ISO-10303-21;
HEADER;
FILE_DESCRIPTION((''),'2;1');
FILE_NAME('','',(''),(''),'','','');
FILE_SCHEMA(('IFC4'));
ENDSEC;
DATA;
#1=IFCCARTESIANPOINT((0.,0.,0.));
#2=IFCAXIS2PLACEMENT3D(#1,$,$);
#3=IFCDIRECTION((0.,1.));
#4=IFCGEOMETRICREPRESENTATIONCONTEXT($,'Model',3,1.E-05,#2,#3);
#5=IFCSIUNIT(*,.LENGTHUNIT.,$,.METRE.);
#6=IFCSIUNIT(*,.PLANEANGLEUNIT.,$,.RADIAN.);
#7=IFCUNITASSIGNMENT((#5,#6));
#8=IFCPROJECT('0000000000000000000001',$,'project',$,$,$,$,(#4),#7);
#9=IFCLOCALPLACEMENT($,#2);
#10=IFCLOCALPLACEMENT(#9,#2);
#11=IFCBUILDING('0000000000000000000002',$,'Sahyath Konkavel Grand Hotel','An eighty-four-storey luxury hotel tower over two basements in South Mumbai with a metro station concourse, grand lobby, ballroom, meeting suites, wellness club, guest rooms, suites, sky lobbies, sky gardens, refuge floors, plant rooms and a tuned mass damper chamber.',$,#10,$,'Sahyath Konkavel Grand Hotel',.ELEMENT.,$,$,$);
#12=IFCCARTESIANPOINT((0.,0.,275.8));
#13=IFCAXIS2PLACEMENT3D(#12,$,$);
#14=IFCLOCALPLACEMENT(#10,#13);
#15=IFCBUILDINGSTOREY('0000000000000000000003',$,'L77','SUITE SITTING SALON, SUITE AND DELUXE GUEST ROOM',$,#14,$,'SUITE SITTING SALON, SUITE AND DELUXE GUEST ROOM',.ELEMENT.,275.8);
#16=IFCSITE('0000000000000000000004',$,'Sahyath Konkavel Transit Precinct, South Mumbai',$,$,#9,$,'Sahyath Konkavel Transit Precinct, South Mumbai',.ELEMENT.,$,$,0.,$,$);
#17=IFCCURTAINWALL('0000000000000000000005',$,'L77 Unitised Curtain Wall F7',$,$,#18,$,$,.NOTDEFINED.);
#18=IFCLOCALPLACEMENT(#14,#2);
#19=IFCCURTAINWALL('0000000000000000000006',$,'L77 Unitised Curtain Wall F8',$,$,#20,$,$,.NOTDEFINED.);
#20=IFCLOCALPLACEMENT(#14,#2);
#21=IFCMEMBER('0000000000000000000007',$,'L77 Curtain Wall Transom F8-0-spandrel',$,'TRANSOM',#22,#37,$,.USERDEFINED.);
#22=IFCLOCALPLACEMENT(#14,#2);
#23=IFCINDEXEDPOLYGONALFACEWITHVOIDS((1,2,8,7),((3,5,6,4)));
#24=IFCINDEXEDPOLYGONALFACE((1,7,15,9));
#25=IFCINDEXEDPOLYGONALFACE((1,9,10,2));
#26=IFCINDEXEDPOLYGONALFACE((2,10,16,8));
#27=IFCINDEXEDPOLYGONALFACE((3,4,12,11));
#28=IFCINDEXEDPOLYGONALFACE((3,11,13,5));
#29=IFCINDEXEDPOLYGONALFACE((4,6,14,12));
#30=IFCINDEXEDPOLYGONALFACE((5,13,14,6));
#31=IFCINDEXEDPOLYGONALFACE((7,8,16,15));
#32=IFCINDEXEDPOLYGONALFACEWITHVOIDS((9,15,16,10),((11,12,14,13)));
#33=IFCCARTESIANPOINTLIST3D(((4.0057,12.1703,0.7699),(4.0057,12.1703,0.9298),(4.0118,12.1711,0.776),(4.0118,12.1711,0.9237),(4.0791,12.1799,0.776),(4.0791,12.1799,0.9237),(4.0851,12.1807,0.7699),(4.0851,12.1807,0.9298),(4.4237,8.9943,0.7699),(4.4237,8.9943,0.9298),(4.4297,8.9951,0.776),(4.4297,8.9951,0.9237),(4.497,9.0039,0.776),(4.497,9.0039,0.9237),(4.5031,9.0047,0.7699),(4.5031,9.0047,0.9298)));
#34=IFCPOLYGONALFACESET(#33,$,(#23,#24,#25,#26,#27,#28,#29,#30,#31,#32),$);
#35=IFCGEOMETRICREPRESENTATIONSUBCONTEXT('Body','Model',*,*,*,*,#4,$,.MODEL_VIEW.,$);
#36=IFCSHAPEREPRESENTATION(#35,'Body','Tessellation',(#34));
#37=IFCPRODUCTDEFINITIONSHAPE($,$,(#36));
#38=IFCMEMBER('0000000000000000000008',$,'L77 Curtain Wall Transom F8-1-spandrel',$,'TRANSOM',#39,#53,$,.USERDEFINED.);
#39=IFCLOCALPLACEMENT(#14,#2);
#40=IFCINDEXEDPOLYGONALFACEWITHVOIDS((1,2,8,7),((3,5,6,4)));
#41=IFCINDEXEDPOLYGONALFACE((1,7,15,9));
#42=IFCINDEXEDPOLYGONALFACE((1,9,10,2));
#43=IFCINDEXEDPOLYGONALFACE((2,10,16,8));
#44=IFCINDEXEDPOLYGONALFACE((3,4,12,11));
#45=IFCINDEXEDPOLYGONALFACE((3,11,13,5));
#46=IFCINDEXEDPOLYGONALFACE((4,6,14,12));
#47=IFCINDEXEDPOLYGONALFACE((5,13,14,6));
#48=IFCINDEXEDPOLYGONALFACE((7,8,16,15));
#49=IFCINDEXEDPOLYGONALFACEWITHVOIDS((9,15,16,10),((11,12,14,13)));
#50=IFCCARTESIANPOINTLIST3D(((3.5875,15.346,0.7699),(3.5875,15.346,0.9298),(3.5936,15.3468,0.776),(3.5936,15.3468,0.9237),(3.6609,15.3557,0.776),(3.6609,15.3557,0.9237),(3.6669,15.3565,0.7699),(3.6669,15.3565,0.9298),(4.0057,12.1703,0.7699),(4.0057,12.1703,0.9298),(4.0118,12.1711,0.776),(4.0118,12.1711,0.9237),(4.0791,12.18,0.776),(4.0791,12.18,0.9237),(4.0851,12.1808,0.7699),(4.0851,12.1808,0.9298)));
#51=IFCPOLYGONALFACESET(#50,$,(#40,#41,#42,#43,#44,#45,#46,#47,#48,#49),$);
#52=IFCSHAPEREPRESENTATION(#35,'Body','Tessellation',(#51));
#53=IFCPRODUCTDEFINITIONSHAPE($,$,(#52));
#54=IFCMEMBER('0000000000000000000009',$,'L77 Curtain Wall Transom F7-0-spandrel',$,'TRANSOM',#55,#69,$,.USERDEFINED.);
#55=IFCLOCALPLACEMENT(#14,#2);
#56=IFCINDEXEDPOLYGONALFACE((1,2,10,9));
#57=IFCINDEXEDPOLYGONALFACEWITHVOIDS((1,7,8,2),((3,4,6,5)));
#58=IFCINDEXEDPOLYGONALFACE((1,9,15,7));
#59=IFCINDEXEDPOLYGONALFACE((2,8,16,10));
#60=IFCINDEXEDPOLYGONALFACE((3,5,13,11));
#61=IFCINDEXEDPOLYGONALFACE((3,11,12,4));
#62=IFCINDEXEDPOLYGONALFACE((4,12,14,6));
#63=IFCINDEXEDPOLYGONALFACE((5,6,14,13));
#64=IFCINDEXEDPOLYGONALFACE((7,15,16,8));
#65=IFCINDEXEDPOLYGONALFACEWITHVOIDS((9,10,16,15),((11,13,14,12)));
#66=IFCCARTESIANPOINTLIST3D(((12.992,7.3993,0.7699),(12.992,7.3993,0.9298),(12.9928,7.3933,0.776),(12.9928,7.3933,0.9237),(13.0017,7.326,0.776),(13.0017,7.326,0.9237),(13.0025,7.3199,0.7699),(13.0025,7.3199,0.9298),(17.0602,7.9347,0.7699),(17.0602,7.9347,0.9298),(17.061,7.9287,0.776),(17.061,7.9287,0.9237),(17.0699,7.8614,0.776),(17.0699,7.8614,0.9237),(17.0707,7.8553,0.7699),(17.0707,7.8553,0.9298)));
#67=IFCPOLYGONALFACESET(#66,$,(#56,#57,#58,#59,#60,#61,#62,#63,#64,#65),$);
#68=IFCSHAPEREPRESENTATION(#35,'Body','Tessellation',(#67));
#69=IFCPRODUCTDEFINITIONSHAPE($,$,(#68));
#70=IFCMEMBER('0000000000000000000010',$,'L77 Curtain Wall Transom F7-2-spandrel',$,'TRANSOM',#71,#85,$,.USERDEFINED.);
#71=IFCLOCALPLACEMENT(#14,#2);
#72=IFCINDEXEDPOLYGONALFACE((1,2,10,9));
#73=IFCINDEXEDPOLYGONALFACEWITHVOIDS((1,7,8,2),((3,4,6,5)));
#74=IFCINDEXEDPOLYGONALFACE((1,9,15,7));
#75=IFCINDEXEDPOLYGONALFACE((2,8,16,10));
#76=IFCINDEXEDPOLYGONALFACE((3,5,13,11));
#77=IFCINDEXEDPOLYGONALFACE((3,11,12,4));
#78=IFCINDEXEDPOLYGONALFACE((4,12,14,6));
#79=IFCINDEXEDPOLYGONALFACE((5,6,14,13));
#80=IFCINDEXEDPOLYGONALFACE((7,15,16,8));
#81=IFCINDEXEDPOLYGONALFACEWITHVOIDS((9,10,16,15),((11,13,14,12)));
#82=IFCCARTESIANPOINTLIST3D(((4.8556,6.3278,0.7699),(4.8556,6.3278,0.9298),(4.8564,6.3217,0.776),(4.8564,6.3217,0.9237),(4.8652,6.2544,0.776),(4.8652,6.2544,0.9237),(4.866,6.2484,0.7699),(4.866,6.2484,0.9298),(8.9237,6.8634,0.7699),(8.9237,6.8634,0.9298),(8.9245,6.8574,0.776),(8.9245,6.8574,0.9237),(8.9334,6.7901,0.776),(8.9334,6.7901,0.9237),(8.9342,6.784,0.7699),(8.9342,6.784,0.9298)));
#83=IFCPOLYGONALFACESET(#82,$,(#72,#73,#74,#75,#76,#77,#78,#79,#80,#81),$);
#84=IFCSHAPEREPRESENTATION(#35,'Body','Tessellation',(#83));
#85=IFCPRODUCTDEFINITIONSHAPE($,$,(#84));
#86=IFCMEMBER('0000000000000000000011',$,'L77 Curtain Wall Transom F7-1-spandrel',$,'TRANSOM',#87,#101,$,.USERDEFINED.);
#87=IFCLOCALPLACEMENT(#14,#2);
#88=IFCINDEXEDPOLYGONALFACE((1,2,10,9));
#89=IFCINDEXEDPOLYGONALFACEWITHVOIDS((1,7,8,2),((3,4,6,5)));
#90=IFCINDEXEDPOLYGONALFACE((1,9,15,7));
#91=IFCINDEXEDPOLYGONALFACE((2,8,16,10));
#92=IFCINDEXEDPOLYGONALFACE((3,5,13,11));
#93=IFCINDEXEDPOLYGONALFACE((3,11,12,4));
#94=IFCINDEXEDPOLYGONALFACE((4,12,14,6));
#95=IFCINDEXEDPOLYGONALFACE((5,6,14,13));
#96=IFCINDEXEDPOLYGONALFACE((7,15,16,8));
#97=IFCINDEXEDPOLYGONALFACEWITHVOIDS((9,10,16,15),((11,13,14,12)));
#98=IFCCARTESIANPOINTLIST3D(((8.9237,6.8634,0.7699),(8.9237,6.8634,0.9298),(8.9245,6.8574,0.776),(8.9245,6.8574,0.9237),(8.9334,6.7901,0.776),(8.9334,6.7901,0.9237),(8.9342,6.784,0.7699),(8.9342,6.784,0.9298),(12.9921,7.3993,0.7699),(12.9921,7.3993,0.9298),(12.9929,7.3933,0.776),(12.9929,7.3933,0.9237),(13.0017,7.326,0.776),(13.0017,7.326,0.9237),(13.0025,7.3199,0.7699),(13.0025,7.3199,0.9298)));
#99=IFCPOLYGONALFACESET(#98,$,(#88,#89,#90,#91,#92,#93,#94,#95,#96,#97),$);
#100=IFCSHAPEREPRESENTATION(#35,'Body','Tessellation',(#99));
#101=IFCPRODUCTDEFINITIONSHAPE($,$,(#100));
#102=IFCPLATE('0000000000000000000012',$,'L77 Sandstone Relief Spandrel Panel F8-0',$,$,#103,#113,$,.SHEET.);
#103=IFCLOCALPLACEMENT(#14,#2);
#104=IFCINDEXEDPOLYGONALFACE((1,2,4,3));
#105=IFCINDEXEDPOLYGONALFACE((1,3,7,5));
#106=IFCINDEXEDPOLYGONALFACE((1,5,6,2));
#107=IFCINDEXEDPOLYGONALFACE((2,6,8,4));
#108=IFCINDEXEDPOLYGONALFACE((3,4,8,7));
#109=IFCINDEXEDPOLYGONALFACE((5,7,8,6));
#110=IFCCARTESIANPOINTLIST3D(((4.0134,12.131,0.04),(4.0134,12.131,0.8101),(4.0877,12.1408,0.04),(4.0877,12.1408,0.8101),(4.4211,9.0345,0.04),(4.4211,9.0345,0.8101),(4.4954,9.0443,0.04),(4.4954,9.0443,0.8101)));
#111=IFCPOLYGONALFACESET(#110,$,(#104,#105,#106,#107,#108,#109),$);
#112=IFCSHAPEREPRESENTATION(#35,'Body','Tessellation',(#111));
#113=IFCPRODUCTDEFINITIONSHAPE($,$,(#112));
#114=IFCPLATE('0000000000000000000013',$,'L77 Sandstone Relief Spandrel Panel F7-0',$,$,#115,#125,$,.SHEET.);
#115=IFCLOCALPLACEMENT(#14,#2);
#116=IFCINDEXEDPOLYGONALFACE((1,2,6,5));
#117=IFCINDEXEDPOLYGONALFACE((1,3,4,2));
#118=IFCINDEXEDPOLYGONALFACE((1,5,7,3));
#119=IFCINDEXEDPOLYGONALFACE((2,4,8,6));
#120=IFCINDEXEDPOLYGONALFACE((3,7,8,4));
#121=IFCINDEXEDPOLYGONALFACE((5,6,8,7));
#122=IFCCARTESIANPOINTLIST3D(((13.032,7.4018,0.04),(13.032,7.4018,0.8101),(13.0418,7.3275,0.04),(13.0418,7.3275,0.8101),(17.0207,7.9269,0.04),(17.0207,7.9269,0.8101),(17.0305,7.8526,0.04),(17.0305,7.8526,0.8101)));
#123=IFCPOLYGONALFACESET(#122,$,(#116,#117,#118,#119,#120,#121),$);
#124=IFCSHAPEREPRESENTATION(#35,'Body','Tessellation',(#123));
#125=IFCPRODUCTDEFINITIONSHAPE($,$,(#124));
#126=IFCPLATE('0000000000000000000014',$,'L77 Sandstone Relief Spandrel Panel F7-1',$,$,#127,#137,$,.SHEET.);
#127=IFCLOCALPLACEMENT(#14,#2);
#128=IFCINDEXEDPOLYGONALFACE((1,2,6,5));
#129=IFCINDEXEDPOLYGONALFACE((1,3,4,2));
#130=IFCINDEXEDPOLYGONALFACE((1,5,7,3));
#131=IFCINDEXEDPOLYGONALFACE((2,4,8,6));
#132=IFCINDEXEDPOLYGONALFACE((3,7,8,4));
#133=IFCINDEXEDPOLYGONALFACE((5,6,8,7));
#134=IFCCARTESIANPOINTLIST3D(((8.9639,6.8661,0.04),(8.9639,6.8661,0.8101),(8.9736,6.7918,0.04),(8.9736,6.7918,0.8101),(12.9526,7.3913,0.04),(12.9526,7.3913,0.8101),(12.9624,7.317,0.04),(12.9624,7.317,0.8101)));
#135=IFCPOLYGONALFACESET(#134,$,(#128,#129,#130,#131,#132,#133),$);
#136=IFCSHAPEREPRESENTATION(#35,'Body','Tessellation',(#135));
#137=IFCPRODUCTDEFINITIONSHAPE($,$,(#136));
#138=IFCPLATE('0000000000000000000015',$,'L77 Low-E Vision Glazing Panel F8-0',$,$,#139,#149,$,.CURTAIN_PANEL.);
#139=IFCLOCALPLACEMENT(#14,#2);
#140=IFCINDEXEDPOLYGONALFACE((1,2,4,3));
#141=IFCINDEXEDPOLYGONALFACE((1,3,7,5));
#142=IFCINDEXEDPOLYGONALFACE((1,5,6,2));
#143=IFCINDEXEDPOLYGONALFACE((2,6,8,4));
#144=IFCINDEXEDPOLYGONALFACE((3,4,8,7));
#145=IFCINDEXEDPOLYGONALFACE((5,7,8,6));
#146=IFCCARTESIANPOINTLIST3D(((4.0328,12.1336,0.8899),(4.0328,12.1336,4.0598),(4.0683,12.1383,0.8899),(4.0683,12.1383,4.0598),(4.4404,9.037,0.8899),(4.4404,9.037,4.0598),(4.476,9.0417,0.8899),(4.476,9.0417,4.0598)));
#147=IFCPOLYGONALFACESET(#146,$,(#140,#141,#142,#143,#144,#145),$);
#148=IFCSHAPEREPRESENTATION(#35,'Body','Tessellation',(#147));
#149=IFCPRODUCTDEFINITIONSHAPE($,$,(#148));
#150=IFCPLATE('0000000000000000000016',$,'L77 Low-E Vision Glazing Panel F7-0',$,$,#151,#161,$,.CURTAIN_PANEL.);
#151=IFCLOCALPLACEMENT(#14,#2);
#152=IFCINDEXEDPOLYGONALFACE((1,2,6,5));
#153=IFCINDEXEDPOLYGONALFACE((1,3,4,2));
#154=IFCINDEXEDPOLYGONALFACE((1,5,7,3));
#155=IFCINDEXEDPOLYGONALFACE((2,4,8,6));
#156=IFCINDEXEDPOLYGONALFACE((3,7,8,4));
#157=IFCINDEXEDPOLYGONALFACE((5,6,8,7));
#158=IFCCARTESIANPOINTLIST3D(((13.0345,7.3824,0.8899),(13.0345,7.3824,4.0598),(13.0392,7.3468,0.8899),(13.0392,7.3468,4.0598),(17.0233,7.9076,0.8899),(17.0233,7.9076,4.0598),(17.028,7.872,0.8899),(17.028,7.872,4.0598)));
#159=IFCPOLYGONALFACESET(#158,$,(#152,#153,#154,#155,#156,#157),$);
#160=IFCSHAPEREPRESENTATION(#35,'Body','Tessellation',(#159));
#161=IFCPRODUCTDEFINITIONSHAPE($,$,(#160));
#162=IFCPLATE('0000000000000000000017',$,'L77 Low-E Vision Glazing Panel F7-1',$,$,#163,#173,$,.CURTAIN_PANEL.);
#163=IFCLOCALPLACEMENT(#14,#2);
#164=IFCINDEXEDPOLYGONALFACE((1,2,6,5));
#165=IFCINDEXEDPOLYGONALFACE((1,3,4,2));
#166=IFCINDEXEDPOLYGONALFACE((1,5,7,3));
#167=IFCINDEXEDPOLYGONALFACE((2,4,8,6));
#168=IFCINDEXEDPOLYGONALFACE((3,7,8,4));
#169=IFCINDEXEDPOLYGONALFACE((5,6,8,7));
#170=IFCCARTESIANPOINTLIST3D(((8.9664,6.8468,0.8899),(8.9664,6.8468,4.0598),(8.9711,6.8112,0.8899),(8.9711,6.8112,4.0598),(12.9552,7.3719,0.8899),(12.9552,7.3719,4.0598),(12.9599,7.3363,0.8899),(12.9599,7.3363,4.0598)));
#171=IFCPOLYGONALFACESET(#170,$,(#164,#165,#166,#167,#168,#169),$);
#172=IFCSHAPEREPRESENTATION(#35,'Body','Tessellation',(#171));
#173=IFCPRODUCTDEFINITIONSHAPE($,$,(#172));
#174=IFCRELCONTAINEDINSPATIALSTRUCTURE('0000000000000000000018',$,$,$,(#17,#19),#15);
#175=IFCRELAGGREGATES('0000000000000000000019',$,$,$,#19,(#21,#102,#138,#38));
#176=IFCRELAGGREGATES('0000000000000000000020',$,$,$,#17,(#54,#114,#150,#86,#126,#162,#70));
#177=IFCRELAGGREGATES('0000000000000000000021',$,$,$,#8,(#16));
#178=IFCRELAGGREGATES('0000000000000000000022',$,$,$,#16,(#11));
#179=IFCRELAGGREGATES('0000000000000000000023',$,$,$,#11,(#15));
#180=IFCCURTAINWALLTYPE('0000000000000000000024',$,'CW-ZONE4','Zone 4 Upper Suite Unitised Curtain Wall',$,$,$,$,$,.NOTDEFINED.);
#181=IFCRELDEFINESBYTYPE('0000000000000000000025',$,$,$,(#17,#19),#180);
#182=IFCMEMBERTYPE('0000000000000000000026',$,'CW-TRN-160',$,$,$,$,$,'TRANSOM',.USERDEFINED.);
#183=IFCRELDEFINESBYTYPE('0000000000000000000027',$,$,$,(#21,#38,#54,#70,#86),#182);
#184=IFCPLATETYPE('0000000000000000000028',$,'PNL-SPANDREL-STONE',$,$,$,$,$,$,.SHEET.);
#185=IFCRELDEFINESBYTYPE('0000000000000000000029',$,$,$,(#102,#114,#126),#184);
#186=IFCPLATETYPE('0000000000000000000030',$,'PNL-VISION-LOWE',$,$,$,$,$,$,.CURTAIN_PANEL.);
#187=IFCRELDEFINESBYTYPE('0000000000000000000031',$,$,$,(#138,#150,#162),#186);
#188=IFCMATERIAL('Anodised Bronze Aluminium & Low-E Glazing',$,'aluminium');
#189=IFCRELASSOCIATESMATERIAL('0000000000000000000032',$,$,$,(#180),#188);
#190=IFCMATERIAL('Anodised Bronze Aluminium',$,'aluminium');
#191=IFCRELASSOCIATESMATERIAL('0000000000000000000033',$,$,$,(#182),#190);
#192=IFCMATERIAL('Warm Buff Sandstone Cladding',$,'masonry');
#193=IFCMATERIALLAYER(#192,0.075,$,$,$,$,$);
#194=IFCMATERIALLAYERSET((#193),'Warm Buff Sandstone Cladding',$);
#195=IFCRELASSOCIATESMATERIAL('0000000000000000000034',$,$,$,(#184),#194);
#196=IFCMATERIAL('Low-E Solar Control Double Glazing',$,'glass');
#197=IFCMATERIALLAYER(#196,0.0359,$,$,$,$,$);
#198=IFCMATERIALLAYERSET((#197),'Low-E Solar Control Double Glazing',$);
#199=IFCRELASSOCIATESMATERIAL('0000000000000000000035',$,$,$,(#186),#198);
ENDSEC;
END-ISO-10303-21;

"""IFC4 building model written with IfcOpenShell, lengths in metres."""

from ifc_helpers import new_model, si_unit, direction, frame, origin, origin_2d, place, context, subcontext, project, spatial, rectangle, hollow_rectangle, extrude, source, transform, mapped, material, layer, layer_set, material_profile, profile_set, type_object, element, aggregate, save


model = new_model("IFC4")

# Units and contexts
model_context = context("Model", 3, precision=1e-05, world=origin(), true_north=direction((0.0, 1.0)))
body_context = subcontext(model_context, "Body", "Model", "MODEL_VIEW")
ifc_project = project(units=[si_unit("LENGTHUNIT", "METRE"), si_unit("PLANEANGLEUNIT", "RADIAN")], contexts=[model_context])

# Site, building, storey
site_placement = place(None, origin())
site = spatial("IfcSite", under=ifc_project, at=site_placement, Name="Sahyath Konkavel Transit Precinct, South Mumbai", LongName="Sahyath Konkavel Transit Precinct, South Mumbai", CompositionType="ELEMENT", RefElevation=0.0)
building_placement = place(site_placement, origin())
building = spatial("IfcBuilding", under=site, at=building_placement, Name="Sahyath Konkavel Grand Hotel", Description="An eighty-four-storey luxury hotel tower over two basements in South Mumbai with a metro station concourse, grand lobby, ballroom, meeting suites, wellness club, guest rooms, suites, sky lobbies, sky gardens, refuge floors, plant rooms and a tuned mass damper chamber.", LongName="Sahyath Konkavel Grand Hotel", CompositionType="ELEMENT")
storey_placement = place(building_placement, frame((0.0, 0.0, 275.8)))
storey = spatial("IfcBuildingStorey", under=building, at=storey_placement, Name="L77", Description="SUITE SITTING SALON, SUITE AND DELUXE GUEST ROOM", LongName="SUITE SITTING SALON, SUITE AND DELUXE GUEST ROOM", CompositionType="ELEMENT", Elevation=275.8)

# Shared definitions
ifc_material_1 = material(Name="Anodised Bronze Aluminium & Low-E Glazing", Category="aluminium")
curtain_wall_type = type_object("IfcCurtainWallType", Name="CW-ZONE4", Description="Zone 4 Upper Suite Unitised Curtain Wall", PredefinedType="NOTDEFINED", material=ifc_material_1)
ifc_material_2 = material(Name="Anodised Bronze Aluminium", Category="aluminium")

# Curtain walls
curtain_wall_1_placement = place(storey_placement, origin())
curtain_wall_1 = element("IfcCurtainWall", 1, at=curtain_wall_1_placement, inside=storey, type_object=curtain_wall_type, Name="L77 Unitised Curtain Wall F7", PredefinedType="NOTDEFINED")
curtain_wall_2_placement = place(storey_placement, origin())
curtain_wall_2 = element("IfcCurtainWall", 2, at=curtain_wall_2_placement, inside=storey, type_object=curtain_wall_type, Name="L77 Unitised Curtain Wall F8", PredefinedType="NOTDEFINED")

# Members
ifc_material_profile_1 = material_profile(ifc_material_2, hollow_rectangle(XDim=0.0801, YDim=0.1599, WallThickness=0.0061, at=origin_2d()), Name="RHS 160x80x6")
ifc_profile_set_1 = profile_set([ifc_material_profile_1], Name="Anodised Bronze Aluminium")
member_type_1 = type_object("IfcMemberType", Name="CW-TRN-160", ElementType="TRANSOM", PredefinedType="USERDEFINED", material=ifc_profile_set_1)
shared_shape_1 = source(origin(), body_context, "Body", "SweptSolid", [
    extrude(hollow_rectangle(XDim=0.0801, YDim=0.1599, WallThickness=0.0061, at=origin_2d()), origin(), (0.0, 0.0, 1.0), 3.2034),
])
member_1_placement = place(storey_placement, frame((4.4634, 8.9995, 0.8499), z_axis=(-0.130476, 0.991451, 0.0), x_axis=(-0.991451, -0.130476, 0.0)))
member_1 = element("IfcMember", 3, at=member_1_placement, type_object=member_type_1, Name="L77 Curtain Wall Transom F8-0-spandrel", ObjectType="TRANSOM", PredefinedType="USERDEFINED", context=body_context, shape_type="MappedRepresentation", body=[
    mapped(shared_shape_1, transform((0.0, 0.0, 0.0), scale=1.0)),
])
shared_shape_2 = source(origin(), body_context, "Body", "SweptSolid", [
    extrude(hollow_rectangle(XDim=0.0801, YDim=0.1599, WallThickness=0.0061, at=origin_2d()), origin(), (0.0, 0.0, 1.0), 3.2031),
])
member_2_placement = place(storey_placement, frame((4.0454, 12.1755, 0.8499), z_axis=(-0.130561, 0.99144, 0.0), x_axis=(-0.99144, -0.130561, 0.0)))
member_2 = element("IfcMember", 4, at=member_2_placement, type_object=member_type_1, Name="L77 Curtain Wall Transom F8-1-spandrel", ObjectType="TRANSOM", PredefinedType="USERDEFINED", context=body_context, shape_type="MappedRepresentation", body=[
    mapped(shared_shape_2, transform((0.0, 0.0, 0.0), scale=1.0)),
])
shared_shape_3 = source(origin(), body_context, "Body", "SweptSolid", [
    extrude(hollow_rectangle(XDim=0.0801, YDim=0.1599, WallThickness=0.0061, at=origin_2d()), origin(), (0.0, 0.0, 1.0), 4.1033),
])
member_3_placement = place(storey_placement, frame((17.0654, 7.895, 0.8499), z_axis=(-0.99145, -0.130484, 0.0), x_axis=(0.130484, -0.99145, 0.0)))
member_3 = element("IfcMember", 5, at=member_3_placement, type_object=member_type_1, Name="L77 Curtain Wall Transom F7-0-spandrel", ObjectType="TRANSOM", PredefinedType="USERDEFINED", context=body_context, shape_type="MappedRepresentation", body=[
    mapped(shared_shape_3, transform((0.0, 0.0, 0.0), scale=1.0)),
])
member_4_placement = place(storey_placement, frame((8.929, 6.8237, 0.8499), z_axis=(-0.991443, -0.130542, 0.0), x_axis=(0.130542, -0.991443, 0.0)))
member_4 = element("IfcMember", 6, at=member_4_placement, type_object=member_type_1, Name="L77 Curtain Wall Transom F7-2-spandrel", ObjectType="TRANSOM", PredefinedType="USERDEFINED", context=body_context, shape_type="MappedRepresentation", body=[
    mapped(shared_shape_3, transform((0.0, 0.0, 0.0), scale=1.0)),
])
shared_shape_4 = source(origin(), body_context, "Body", "SweptSolid", [
    extrude(hollow_rectangle(XDim=0.0801, YDim=0.1599, WallThickness=0.0061, at=origin_2d()), origin(), (0.0, 0.0, 1.0), 4.1035),
])
member_5_placement = place(storey_placement, frame((12.9973, 7.3596, 0.8499), z_axis=(-0.991436, -0.130593, 0.0), x_axis=(0.130593, -0.991436, 0.0)))
member_5 = element("IfcMember", 7, at=member_5_placement, type_object=member_type_1, Name="L77 Curtain Wall Transom F7-1-spandrel", ObjectType="TRANSOM", PredefinedType="USERDEFINED", context=body_context, shape_type="MappedRepresentation", body=[
    mapped(shared_shape_4, transform((0.0, 0.0, 0.0), scale=1.0)),
])

# Plates
ifc_material_3 = material(Name="Warm Buff Sandstone Cladding", Category="masonry")
ifc_layer_1 = layer(ifc_material_3, 0.075)
ifc_layer_set_1 = layer_set([ifc_layer_1], Name="Warm Buff Sandstone Cladding")
plate_type_1 = type_object("IfcPlateType", Name="PNL-SPANDREL-STONE", PredefinedType="SHEET", material=ifc_layer_set_1)
shared_shape_5 = source(origin(), body_context, "Body", "SweptSolid", [
    extrude(rectangle(XDim=3.1233, YDim=0.075, at=origin_2d()), origin(), (0.0, 0.0, 1.0), 0.77),
])
plate_1_placement = place(storey_placement, frame((4.2544, 10.5876, 0.04), z_axis=(0.0, 0.0, 1.0), x_axis=(-0.130526, 0.991445, 0.0)))
plate_1 = element("IfcPlate", 8, at=plate_1_placement, type_object=plate_type_1, Name="L77 Sandstone Relief Spandrel Panel F8-0", PredefinedType="SHEET", context=body_context, shape_type="MappedRepresentation", body=[
    mapped(shared_shape_5, transform((0.0, 0.0, 0.0), scale=1.0)),
])
shared_shape_6 = source(origin(), body_context, "Body", "SweptSolid", [
    extrude(rectangle(XDim=4.0232, YDim=0.075, at=origin_2d()), origin(), (0.0, 0.0, 1.0), 0.77),
])
plate_2_placement = place(storey_placement, frame((15.0312, 7.6272, 0.04), z_axis=(0.0, 0.0, 1.0), x_axis=(-0.991445, -0.130526, 0.0)))
plate_2 = element("IfcPlate", 9, at=plate_2_placement, type_object=plate_type_1, Name="L77 Sandstone Relief Spandrel Panel F7-0", PredefinedType="SHEET", context=body_context, shape_type="MappedRepresentation", body=[
    mapped(shared_shape_6, transform((0.0, 0.0, 0.0), scale=1.0)),
])
plate_3_placement = place(storey_placement, frame((10.9631, 7.0916, 0.04), z_axis=(0.0, 0.0, 1.0), x_axis=(-0.991445, -0.130526, 0.0)))
plate_3 = element("IfcPlate", 10, at=plate_3_placement, type_object=plate_type_1, Name="L77 Sandstone Relief Spandrel Panel F7-1", PredefinedType="SHEET", context=body_context, shape_type="MappedRepresentation", body=[
    mapped(shared_shape_6, transform((0.0, 0.0, 0.0), scale=1.0)),
])
ifc_material_4 = material(Name="Low-E Solar Control Double Glazing", Category="glass")
ifc_layer_2 = layer(ifc_material_4, 0.0359)
ifc_layer_set_2 = layer_set([ifc_layer_2], Name="Low-E Solar Control Double Glazing")
plate_type_2 = type_object("IfcPlateType", Name="PNL-VISION-LOWE", PredefinedType="CURTAIN_PANEL", material=ifc_layer_set_2)
shared_shape_7 = source(origin(), body_context, "Body", "SweptSolid", [
    extrude(rectangle(XDim=3.1233, YDim=0.0359, at=origin_2d()), origin(), (0.0, 0.0, 1.0), 3.1699),
])
plate_4_placement = place(storey_placement, frame((4.2544, 10.5876, 0.8899), z_axis=(0.0, 0.0, 1.0), x_axis=(-0.130526, 0.991445, 0.0)))
plate_4 = element("IfcPlate", 11, at=plate_4_placement, type_object=plate_type_2, Name="L77 Low-E Vision Glazing Panel F8-0", PredefinedType="CURTAIN_PANEL", context=body_context, shape_type="MappedRepresentation", body=[
    mapped(shared_shape_7, transform((0.0, 0.0, 0.0), scale=1.0)),
])
aggregate(curtain_wall_2, [member_1, plate_1, plate_4, member_2])
shared_shape_8 = source(origin(), body_context, "Body", "SweptSolid", [
    extrude(rectangle(XDim=4.0232, YDim=0.0359, at=origin_2d()), origin(), (0.0, 0.0, 1.0), 3.1699),
])
plate_5_placement = place(storey_placement, frame((15.0312, 7.6272, 0.8899), z_axis=(0.0, 0.0, 1.0), x_axis=(-0.991445, -0.130526, 0.0)))
plate_5 = element("IfcPlate", 12, at=plate_5_placement, type_object=plate_type_2, Name="L77 Low-E Vision Glazing Panel F7-0", PredefinedType="CURTAIN_PANEL", context=body_context, shape_type="MappedRepresentation", body=[
    mapped(shared_shape_8, transform((0.0, 0.0, 0.0), scale=1.0)),
])
plate_6_placement = place(storey_placement, frame((10.9631, 7.0916, 0.8899), z_axis=(0.0, 0.0, 1.0), x_axis=(-0.991445, -0.130526, 0.0)))
plate_6 = element("IfcPlate", 13, at=plate_6_placement, type_object=plate_type_2, Name="L77 Low-E Vision Glazing Panel F7-1", PredefinedType="CURTAIN_PANEL", context=body_context, shape_type="MappedRepresentation", body=[
    mapped(shared_shape_8, transform((0.0, 0.0, 0.0), scale=1.0)),
])
aggregate(curtain_wall_1, [member_3, plate_2, plate_5, member_5, plate_3, plate_6, member_4])

save(model, "model.ifc")
